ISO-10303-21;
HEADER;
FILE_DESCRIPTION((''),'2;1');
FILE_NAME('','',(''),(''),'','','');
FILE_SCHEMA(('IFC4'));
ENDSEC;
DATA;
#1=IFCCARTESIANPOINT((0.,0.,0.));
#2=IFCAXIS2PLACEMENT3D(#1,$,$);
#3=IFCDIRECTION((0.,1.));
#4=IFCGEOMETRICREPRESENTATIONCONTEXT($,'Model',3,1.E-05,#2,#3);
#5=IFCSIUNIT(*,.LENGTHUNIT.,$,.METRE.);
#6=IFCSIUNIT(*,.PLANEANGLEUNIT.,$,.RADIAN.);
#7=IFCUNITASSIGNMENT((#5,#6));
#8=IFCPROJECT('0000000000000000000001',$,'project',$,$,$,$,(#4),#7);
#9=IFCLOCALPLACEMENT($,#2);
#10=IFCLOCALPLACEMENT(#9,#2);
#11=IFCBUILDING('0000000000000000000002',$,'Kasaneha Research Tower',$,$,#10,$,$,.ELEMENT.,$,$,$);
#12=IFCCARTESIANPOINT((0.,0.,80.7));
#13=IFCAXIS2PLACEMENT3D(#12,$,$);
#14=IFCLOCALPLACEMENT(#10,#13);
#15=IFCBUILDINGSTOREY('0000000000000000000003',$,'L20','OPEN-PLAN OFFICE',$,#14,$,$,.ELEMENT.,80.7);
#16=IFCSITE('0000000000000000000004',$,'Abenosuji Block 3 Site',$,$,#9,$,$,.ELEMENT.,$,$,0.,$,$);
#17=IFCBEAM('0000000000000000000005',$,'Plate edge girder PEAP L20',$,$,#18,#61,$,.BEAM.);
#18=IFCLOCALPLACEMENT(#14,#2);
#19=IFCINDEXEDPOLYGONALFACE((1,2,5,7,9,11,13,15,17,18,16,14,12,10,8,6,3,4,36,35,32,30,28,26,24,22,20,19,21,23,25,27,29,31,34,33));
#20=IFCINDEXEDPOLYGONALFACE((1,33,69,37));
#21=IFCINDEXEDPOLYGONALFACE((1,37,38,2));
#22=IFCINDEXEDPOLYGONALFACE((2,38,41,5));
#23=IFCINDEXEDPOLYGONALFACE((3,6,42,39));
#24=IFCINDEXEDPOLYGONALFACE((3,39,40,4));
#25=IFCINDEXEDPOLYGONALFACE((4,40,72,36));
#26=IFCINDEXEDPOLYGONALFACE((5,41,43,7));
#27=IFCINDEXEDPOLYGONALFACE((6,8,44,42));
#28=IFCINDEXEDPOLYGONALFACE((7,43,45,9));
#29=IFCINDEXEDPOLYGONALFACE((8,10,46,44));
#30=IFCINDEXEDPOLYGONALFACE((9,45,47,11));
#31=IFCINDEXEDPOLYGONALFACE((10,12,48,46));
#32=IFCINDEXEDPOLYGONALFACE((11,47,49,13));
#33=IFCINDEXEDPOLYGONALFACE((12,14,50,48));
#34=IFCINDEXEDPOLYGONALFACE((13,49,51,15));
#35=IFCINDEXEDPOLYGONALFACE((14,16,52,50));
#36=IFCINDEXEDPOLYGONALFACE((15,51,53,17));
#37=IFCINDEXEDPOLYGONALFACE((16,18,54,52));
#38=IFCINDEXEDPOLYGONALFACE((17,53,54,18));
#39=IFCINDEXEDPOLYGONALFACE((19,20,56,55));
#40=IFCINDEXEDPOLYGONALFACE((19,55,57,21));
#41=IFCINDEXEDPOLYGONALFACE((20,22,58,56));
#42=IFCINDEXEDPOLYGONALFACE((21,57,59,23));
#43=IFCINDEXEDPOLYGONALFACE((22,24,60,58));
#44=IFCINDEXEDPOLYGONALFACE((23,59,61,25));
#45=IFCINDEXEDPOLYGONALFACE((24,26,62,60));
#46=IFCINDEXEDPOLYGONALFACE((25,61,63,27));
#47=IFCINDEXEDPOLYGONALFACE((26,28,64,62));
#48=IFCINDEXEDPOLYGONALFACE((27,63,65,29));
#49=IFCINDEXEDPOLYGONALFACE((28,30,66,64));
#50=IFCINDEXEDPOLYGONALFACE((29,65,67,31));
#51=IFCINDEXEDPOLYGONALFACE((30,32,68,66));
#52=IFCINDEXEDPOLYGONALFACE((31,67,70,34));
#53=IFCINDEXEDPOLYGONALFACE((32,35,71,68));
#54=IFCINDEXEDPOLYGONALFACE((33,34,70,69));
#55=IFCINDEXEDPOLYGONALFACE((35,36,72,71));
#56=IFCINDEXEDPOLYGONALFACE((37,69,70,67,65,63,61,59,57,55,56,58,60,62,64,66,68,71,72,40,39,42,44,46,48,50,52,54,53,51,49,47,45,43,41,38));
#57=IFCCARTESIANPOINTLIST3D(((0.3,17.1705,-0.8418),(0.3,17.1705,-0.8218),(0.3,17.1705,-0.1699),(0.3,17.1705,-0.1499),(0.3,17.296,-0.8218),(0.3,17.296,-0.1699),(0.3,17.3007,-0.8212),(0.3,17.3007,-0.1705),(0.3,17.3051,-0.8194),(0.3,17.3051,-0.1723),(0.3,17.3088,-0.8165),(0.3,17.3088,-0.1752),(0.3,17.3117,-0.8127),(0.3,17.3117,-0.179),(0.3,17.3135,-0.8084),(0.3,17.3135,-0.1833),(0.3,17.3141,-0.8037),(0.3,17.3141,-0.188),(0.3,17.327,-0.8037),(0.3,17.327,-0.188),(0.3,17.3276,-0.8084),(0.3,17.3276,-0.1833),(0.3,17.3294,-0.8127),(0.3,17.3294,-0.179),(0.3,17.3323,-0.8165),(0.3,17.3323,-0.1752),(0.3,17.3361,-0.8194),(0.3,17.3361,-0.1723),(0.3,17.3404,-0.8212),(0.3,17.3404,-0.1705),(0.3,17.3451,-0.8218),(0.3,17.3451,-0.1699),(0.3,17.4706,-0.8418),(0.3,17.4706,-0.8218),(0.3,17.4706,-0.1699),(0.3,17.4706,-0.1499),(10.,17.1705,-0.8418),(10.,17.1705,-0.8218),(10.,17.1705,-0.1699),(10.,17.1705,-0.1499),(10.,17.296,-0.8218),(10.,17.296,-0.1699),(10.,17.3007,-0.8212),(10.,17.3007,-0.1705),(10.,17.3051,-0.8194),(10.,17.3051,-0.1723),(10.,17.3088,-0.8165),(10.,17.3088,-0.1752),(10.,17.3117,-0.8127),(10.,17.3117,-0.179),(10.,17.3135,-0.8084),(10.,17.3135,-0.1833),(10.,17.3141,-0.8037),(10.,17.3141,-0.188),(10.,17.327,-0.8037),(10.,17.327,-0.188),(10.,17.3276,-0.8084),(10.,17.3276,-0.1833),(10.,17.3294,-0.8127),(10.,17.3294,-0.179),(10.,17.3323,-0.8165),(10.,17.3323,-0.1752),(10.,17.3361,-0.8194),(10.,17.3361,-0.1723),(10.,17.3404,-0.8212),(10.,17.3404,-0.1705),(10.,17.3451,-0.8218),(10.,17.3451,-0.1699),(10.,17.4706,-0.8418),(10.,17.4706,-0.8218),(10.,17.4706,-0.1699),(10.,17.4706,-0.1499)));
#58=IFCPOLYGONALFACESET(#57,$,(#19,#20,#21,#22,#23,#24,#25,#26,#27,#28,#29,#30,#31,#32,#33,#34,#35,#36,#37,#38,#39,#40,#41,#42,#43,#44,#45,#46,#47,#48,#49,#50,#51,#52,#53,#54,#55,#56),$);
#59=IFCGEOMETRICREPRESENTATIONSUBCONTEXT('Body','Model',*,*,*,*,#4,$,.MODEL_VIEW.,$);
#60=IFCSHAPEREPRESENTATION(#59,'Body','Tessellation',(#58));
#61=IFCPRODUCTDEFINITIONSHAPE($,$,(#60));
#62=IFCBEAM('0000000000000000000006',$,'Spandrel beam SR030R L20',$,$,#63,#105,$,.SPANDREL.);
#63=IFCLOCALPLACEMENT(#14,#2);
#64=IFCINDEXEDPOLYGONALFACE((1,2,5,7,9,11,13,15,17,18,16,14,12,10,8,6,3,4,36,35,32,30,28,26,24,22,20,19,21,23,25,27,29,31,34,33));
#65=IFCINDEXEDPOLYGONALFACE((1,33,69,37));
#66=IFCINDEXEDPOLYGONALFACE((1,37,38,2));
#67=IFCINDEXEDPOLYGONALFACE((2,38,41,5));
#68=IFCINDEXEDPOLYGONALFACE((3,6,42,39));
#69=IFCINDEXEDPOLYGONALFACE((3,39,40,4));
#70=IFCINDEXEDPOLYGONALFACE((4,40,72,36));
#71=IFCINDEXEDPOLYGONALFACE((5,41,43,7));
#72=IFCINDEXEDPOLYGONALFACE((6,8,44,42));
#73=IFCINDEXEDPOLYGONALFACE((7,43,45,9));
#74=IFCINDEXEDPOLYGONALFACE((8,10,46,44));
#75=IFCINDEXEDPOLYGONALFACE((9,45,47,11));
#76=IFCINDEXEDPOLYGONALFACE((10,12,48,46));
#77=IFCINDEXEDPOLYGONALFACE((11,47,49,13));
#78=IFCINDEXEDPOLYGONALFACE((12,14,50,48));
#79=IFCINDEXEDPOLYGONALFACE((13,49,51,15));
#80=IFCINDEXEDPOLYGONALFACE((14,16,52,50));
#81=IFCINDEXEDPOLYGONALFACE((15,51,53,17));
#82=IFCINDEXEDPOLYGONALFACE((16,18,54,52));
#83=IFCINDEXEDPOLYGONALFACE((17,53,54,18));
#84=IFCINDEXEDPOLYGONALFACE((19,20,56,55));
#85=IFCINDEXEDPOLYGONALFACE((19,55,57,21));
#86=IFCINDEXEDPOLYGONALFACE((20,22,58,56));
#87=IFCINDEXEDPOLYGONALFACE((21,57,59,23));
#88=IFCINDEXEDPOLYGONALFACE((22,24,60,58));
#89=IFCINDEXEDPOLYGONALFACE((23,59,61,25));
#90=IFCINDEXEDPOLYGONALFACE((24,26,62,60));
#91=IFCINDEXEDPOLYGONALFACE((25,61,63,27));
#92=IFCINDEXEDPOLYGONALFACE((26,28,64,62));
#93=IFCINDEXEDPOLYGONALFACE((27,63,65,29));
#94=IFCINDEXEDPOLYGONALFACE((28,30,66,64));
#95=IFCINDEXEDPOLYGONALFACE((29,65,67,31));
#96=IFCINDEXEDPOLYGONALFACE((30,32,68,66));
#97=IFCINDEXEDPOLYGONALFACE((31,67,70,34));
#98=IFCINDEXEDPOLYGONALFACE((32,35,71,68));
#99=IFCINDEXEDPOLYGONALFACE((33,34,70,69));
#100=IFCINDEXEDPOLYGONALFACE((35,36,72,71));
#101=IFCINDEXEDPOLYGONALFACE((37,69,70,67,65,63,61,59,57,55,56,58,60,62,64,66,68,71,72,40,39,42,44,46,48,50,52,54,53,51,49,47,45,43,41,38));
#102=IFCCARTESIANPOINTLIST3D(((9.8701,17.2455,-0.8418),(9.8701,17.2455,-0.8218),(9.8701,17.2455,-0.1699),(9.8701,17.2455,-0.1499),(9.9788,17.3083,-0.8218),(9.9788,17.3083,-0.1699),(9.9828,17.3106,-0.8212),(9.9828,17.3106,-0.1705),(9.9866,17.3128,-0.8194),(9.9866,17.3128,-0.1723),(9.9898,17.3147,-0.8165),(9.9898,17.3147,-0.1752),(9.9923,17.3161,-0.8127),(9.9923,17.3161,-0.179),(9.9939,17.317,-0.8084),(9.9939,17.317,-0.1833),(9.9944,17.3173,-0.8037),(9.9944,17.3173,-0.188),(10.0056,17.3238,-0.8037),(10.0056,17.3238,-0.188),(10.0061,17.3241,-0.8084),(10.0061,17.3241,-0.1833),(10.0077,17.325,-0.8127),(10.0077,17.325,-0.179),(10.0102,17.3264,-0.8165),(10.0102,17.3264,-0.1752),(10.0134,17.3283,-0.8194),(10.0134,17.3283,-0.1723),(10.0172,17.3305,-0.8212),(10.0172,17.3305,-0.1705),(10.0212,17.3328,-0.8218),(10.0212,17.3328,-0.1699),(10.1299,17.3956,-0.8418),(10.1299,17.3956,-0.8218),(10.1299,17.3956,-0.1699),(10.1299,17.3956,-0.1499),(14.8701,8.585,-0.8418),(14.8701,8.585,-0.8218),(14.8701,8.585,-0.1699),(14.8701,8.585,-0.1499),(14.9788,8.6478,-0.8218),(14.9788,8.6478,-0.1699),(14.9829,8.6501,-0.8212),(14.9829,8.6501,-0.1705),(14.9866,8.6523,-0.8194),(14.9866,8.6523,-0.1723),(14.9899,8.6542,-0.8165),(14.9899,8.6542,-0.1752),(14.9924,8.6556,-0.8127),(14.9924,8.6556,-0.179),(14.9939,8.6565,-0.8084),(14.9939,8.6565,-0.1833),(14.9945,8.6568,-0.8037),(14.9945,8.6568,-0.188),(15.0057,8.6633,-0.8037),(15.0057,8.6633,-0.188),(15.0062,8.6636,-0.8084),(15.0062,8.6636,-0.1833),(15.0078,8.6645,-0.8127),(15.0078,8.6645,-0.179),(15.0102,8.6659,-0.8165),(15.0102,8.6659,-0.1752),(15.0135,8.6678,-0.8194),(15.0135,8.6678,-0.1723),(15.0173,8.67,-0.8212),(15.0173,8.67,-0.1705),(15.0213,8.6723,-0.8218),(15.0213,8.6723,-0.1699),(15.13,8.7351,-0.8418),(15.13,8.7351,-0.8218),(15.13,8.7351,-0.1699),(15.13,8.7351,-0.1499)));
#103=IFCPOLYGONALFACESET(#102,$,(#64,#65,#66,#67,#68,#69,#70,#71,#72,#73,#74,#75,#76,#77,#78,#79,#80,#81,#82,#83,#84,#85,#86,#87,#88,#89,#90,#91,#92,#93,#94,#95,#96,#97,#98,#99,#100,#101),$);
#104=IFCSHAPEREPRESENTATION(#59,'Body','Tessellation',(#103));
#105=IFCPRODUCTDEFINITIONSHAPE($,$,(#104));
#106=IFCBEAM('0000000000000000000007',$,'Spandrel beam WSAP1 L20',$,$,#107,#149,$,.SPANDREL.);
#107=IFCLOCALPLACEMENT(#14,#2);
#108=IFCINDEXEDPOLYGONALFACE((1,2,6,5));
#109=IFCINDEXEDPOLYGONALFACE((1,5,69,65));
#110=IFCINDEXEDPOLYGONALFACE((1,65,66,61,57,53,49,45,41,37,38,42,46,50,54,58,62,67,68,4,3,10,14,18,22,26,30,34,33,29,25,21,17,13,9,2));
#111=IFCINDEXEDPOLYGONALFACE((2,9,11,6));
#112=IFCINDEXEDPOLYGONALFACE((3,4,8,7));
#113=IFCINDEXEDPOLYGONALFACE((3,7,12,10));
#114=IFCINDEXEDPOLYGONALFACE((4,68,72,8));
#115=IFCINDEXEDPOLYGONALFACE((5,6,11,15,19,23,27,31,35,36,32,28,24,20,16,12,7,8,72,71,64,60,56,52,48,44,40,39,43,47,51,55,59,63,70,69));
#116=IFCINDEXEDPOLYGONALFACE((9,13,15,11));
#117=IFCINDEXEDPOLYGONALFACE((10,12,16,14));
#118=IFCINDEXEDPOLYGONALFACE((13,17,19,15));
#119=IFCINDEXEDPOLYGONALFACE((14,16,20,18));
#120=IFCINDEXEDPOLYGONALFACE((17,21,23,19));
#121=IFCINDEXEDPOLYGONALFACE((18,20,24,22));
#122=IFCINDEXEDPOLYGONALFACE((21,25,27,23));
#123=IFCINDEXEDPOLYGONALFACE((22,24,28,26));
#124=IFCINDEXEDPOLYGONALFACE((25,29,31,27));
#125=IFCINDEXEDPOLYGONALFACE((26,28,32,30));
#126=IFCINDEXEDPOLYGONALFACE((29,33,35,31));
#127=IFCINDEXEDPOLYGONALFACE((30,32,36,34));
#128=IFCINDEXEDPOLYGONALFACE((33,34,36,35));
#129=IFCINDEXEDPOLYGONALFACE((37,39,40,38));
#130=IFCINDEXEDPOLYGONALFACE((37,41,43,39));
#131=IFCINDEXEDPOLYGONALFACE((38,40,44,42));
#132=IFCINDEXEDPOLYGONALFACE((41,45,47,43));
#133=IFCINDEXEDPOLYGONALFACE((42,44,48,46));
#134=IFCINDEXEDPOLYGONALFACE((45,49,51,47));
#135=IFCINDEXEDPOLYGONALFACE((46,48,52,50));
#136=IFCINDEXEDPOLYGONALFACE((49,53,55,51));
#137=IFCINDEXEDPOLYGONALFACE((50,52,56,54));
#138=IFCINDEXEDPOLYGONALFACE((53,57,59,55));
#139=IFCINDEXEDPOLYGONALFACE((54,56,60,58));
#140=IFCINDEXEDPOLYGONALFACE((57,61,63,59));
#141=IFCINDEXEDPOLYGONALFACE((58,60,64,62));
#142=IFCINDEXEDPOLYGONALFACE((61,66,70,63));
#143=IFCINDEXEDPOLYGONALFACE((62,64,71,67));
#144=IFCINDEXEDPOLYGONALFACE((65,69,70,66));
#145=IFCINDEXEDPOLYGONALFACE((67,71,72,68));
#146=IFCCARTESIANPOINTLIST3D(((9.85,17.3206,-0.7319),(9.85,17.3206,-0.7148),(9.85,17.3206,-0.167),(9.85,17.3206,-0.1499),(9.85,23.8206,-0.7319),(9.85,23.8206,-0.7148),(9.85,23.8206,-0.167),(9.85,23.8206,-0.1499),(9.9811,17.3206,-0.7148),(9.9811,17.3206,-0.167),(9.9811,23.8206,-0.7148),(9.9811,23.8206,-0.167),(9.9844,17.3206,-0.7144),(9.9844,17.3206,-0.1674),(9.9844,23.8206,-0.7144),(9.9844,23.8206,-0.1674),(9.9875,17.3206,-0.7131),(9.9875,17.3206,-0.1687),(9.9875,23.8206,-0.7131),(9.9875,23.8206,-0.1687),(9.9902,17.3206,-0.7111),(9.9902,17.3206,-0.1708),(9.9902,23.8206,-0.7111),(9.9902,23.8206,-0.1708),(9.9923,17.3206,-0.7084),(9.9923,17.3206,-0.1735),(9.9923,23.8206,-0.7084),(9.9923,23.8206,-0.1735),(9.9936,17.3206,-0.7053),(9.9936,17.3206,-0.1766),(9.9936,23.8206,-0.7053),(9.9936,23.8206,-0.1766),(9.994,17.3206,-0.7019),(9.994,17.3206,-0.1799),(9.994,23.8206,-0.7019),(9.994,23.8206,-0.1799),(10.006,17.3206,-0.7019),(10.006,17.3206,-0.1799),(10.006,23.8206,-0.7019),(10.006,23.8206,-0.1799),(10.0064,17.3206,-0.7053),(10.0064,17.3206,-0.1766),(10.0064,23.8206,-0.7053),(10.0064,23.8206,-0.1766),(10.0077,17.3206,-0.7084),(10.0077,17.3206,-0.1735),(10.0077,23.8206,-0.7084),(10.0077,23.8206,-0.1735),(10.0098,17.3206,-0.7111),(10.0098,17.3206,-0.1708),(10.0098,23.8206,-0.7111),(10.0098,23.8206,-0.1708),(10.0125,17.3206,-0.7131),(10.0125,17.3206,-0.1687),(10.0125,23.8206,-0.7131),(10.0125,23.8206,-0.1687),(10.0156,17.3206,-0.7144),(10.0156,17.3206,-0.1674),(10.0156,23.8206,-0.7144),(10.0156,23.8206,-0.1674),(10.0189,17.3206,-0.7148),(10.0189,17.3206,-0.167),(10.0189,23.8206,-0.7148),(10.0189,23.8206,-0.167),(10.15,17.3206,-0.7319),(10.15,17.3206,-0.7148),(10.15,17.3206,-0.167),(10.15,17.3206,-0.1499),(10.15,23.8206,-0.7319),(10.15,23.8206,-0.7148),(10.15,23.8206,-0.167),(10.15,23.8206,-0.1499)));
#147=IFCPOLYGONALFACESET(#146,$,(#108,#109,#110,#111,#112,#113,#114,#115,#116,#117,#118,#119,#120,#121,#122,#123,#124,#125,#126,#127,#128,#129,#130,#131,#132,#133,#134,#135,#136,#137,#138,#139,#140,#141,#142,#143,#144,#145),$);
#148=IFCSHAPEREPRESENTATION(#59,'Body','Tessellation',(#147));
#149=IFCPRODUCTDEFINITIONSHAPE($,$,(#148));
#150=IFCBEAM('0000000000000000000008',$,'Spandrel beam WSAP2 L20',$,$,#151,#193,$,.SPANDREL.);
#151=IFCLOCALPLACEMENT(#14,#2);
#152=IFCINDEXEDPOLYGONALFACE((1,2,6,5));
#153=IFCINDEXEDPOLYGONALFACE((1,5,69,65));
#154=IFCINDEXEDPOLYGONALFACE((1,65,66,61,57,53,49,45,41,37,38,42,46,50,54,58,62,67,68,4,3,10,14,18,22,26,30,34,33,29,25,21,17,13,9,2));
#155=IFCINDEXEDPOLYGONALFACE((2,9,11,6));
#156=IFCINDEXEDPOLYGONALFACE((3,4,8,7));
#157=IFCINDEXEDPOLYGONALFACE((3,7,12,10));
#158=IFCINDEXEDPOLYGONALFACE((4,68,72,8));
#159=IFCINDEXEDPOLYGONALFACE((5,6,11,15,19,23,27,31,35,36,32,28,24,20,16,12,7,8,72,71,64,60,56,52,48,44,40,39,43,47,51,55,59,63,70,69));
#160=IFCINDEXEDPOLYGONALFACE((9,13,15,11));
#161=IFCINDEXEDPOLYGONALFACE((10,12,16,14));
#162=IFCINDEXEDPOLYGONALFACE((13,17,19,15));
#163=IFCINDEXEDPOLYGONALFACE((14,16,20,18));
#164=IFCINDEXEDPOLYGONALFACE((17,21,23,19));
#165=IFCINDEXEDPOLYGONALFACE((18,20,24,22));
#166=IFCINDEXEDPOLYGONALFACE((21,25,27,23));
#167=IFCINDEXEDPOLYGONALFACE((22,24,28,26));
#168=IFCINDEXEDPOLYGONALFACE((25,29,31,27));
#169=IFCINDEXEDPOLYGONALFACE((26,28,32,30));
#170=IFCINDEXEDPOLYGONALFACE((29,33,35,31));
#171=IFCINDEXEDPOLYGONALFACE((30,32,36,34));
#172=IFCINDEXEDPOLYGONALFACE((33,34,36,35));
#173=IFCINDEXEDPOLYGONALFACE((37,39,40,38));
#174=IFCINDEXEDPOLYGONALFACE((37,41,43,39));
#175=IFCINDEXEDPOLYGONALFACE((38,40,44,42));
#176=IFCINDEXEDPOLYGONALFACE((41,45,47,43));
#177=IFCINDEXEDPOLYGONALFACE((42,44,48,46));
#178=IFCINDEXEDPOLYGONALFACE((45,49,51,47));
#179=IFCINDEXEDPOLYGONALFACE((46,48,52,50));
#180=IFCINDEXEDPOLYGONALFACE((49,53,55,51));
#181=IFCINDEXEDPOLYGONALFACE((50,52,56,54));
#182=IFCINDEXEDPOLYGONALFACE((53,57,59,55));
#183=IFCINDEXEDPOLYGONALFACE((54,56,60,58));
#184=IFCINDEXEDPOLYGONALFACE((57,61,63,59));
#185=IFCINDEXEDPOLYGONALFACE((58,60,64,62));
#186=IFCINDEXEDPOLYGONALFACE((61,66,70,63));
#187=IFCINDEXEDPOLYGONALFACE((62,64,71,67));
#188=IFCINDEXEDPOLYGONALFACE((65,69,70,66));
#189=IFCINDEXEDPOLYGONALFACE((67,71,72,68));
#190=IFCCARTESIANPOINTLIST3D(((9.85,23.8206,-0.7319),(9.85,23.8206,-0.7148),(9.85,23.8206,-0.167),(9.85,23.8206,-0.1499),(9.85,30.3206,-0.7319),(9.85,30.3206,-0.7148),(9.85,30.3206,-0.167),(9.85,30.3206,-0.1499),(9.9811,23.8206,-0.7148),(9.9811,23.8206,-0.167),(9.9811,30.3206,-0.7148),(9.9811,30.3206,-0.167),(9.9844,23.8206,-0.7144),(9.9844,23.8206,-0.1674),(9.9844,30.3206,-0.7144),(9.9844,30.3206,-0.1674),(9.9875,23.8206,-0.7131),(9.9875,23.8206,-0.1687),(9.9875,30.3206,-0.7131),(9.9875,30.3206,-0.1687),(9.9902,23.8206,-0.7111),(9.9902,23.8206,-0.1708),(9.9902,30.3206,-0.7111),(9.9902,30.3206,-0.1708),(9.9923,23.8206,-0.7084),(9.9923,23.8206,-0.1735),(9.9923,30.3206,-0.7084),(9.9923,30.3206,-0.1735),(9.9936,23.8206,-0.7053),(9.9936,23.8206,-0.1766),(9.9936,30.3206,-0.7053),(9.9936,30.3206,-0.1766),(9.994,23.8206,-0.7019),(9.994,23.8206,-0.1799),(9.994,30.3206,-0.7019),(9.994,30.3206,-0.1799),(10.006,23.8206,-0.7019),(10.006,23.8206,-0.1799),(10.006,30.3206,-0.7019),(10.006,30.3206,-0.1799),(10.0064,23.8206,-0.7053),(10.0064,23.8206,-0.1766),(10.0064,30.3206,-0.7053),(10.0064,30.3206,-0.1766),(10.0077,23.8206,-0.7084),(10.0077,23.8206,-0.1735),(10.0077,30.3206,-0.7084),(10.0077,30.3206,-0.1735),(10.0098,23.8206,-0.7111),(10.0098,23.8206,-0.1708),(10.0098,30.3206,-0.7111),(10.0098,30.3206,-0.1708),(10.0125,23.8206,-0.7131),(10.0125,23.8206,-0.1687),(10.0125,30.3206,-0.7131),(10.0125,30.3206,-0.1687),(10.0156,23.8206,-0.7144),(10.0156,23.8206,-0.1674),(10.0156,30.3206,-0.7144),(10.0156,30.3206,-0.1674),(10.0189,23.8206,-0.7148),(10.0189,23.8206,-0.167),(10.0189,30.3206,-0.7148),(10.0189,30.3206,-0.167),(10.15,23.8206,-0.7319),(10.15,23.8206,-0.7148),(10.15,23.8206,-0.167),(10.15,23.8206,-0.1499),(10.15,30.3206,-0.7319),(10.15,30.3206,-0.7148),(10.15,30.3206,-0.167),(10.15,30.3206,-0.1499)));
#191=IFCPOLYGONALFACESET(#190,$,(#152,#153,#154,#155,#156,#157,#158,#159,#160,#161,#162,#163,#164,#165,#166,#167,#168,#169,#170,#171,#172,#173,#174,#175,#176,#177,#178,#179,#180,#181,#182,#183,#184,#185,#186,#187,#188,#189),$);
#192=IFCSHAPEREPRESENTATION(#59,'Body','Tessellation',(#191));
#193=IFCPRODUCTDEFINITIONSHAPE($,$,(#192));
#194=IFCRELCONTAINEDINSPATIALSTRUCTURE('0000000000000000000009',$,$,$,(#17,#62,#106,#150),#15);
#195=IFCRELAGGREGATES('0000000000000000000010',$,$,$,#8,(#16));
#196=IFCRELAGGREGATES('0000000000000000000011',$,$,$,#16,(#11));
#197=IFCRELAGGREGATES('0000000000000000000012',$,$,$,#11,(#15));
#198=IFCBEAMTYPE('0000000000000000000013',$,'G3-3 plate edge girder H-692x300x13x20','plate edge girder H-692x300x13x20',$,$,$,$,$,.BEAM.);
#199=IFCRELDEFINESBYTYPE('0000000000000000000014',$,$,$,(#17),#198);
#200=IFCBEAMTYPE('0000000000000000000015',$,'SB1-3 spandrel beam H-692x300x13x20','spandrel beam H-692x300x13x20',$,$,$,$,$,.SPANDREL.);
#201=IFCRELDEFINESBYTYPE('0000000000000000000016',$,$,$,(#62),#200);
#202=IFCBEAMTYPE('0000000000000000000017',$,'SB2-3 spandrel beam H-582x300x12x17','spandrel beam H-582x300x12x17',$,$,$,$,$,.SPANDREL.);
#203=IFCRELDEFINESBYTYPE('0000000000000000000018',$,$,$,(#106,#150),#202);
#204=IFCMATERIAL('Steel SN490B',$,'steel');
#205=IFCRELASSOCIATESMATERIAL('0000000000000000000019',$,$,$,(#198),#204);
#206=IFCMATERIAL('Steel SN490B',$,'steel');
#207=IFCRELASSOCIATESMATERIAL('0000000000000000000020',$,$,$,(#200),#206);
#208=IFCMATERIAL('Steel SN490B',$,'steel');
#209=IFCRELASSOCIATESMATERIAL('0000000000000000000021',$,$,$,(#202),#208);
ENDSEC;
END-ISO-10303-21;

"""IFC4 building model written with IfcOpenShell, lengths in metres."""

from ifc_helpers import new_model, si_unit, direction, frame, origin, origin_2d, place, context, subcontext, project, spatial, i_section, extrude, material, material_profile, profile_set, type_object, element, save


model = new_model("IFC4")

# Units and contexts
model_context = context("Model", 3, precision=1e-05, world=origin(), true_north=direction((0.0, 1.0)))
body_context = subcontext(model_context, "Body", "Model", "MODEL_VIEW")
ifc_project = project(units=[si_unit("LENGTHUNIT", "METRE"), si_unit("PLANEANGLEUNIT", "RADIAN")], contexts=[model_context])

# Site, building, storey
site_placement = place(None, origin())
site = spatial("IfcSite", under=ifc_project, at=site_placement, Name="Abenosuji Block 3 Site", CompositionType="ELEMENT", RefElevation=0.0)
building_placement = place(site_placement, origin())
building = spatial("IfcBuilding", under=site, at=building_placement, Name="Kasaneha Research Tower", CompositionType="ELEMENT")
storey_placement = place(building_placement, frame((0.0, 0.0, 80.7)))
storey = spatial("IfcBuildingStorey", under=building, at=storey_placement, Name="L20", Description="OPEN-PLAN OFFICE", CompositionType="ELEMENT", Elevation=80.7)

# Beams
ifc_material_1 = material(Name="Steel SN490B", Category="steel")
ifc_material_profile_1 = material_profile(ifc_material_1, i_section(OverallWidth=0.3, OverallDepth=0.6919, WebThickness=0.0129, FlangeThickness=0.02, FilletRadius=0.0181, at=origin_2d()), Name="H-692x300x13x20")
ifc_profile_set_1 = profile_set([ifc_material_profile_1], Name="Steel SN490B")
beam_type_1 = type_object("IfcBeamType", Name="G3-3 plate edge girder H-692x300x13x20", Description="plate edge girder H-692x300x13x20", PredefinedType="BEAM", material=ifc_profile_set_1)
beam_1_placement = place(storey_placement, frame((10.0, 17.3206, -0.4958), z_axis=(-1.0, 0.0, 0.0), x_axis=(0.0, -1.0, 0.0)))
element("IfcBeam", 1, at=beam_1_placement, inside=storey, type_object=beam_type_1, Name="Plate edge girder PEAP L20", PredefinedType="BEAM", context=body_context, shape_type="SweptSolid", body=[
    extrude(i_section(OverallWidth=0.3, OverallDepth=0.6919, WebThickness=0.0129, FlangeThickness=0.02, FilletRadius=0.0181, at=origin_2d()), origin(), (0.0, 0.0, 1.0), 9.7),
])
ifc_material_2 = material(Name="Steel SN490B", Category="steel")
ifc_material_profile_2 = material_profile(ifc_material_2, i_section(OverallWidth=0.3, OverallDepth=0.6919, WebThickness=0.0129, FlangeThickness=0.02, FilletRadius=0.0181, at=origin_2d()), Name="H-692x300x13x20")
ifc_profile_set_2 = profile_set([ifc_material_profile_2], Name="Steel SN490B")
beam_type_2 = type_object("IfcBeamType", Name="SB1-3 spandrel beam H-692x300x13x20", Description="spandrel beam H-692x300x13x20", PredefinedType="SPANDREL", material=ifc_profile_set_2)
beam_2_placement = place(storey_placement, frame((10.0, 17.3206, -0.4958), z_axis=(0.499994, -0.866029, 0.0), x_axis=(0.866029, 0.499994, 0.0)))
element("IfcBeam", 2, at=beam_2_placement, inside=storey, type_object=beam_type_2, Name="Spandrel beam SR030R L20", PredefinedType="SPANDREL", context=body_context, shape_type="SweptSolid", body=[
    extrude(i_section(OverallWidth=0.3, OverallDepth=0.6919, WebThickness=0.0129, FlangeThickness=0.02, FilletRadius=0.0181, at=origin_2d()), origin(), (0.0, 0.0, 1.0), 10.0002),
])
ifc_material_3 = material(Name="Steel SN490B", Category="steel")
ifc_material_profile_3 = material_profile(ifc_material_3, i_section(OverallWidth=0.3, OverallDepth=0.582, WebThickness=0.012, FlangeThickness=0.0171, FilletRadius=0.0129, at=origin_2d()), Name="H-582x300x12x17")
ifc_profile_set_3 = profile_set([ifc_material_profile_3], Name="Steel SN490B")
beam_type_3 = type_object("IfcBeamType", Name="SB2-3 spandrel beam H-582x300x12x17", Description="spandrel beam H-582x300x12x17", PredefinedType="SPANDREL", material=ifc_profile_set_3)
for number, where, z_axis, x_axis, name in (
    (3, (10.0, 17.3206, -0.4409), (0.0, 1.0, 0.0), (-1.0, 0.0, 0.0), "Spandrel beam WSAP1 L20"),
    (4, (10.0, 23.8206, -0.4409), (0.0, 1.0, 0.0), (-1.0, 0.0, 0.0), "Spandrel beam WSAP2 L20"),
):
    element("IfcBeam", number, at=place(storey_placement, frame(where, z_axis=z_axis, x_axis=x_axis)), inside=storey, type_object=beam_type_3, Name=name, PredefinedType="SPANDREL", context=body_context, shape_type="SweptSolid", body=[
        extrude(i_section(OverallWidth=0.3, OverallDepth=0.582, WebThickness=0.012, FlangeThickness=0.0171, FilletRadius=0.0129, at=origin_2d()), origin(), (0.0, 0.0, 1.0), 6.5),
    ])

save(model, "model.ifc")
